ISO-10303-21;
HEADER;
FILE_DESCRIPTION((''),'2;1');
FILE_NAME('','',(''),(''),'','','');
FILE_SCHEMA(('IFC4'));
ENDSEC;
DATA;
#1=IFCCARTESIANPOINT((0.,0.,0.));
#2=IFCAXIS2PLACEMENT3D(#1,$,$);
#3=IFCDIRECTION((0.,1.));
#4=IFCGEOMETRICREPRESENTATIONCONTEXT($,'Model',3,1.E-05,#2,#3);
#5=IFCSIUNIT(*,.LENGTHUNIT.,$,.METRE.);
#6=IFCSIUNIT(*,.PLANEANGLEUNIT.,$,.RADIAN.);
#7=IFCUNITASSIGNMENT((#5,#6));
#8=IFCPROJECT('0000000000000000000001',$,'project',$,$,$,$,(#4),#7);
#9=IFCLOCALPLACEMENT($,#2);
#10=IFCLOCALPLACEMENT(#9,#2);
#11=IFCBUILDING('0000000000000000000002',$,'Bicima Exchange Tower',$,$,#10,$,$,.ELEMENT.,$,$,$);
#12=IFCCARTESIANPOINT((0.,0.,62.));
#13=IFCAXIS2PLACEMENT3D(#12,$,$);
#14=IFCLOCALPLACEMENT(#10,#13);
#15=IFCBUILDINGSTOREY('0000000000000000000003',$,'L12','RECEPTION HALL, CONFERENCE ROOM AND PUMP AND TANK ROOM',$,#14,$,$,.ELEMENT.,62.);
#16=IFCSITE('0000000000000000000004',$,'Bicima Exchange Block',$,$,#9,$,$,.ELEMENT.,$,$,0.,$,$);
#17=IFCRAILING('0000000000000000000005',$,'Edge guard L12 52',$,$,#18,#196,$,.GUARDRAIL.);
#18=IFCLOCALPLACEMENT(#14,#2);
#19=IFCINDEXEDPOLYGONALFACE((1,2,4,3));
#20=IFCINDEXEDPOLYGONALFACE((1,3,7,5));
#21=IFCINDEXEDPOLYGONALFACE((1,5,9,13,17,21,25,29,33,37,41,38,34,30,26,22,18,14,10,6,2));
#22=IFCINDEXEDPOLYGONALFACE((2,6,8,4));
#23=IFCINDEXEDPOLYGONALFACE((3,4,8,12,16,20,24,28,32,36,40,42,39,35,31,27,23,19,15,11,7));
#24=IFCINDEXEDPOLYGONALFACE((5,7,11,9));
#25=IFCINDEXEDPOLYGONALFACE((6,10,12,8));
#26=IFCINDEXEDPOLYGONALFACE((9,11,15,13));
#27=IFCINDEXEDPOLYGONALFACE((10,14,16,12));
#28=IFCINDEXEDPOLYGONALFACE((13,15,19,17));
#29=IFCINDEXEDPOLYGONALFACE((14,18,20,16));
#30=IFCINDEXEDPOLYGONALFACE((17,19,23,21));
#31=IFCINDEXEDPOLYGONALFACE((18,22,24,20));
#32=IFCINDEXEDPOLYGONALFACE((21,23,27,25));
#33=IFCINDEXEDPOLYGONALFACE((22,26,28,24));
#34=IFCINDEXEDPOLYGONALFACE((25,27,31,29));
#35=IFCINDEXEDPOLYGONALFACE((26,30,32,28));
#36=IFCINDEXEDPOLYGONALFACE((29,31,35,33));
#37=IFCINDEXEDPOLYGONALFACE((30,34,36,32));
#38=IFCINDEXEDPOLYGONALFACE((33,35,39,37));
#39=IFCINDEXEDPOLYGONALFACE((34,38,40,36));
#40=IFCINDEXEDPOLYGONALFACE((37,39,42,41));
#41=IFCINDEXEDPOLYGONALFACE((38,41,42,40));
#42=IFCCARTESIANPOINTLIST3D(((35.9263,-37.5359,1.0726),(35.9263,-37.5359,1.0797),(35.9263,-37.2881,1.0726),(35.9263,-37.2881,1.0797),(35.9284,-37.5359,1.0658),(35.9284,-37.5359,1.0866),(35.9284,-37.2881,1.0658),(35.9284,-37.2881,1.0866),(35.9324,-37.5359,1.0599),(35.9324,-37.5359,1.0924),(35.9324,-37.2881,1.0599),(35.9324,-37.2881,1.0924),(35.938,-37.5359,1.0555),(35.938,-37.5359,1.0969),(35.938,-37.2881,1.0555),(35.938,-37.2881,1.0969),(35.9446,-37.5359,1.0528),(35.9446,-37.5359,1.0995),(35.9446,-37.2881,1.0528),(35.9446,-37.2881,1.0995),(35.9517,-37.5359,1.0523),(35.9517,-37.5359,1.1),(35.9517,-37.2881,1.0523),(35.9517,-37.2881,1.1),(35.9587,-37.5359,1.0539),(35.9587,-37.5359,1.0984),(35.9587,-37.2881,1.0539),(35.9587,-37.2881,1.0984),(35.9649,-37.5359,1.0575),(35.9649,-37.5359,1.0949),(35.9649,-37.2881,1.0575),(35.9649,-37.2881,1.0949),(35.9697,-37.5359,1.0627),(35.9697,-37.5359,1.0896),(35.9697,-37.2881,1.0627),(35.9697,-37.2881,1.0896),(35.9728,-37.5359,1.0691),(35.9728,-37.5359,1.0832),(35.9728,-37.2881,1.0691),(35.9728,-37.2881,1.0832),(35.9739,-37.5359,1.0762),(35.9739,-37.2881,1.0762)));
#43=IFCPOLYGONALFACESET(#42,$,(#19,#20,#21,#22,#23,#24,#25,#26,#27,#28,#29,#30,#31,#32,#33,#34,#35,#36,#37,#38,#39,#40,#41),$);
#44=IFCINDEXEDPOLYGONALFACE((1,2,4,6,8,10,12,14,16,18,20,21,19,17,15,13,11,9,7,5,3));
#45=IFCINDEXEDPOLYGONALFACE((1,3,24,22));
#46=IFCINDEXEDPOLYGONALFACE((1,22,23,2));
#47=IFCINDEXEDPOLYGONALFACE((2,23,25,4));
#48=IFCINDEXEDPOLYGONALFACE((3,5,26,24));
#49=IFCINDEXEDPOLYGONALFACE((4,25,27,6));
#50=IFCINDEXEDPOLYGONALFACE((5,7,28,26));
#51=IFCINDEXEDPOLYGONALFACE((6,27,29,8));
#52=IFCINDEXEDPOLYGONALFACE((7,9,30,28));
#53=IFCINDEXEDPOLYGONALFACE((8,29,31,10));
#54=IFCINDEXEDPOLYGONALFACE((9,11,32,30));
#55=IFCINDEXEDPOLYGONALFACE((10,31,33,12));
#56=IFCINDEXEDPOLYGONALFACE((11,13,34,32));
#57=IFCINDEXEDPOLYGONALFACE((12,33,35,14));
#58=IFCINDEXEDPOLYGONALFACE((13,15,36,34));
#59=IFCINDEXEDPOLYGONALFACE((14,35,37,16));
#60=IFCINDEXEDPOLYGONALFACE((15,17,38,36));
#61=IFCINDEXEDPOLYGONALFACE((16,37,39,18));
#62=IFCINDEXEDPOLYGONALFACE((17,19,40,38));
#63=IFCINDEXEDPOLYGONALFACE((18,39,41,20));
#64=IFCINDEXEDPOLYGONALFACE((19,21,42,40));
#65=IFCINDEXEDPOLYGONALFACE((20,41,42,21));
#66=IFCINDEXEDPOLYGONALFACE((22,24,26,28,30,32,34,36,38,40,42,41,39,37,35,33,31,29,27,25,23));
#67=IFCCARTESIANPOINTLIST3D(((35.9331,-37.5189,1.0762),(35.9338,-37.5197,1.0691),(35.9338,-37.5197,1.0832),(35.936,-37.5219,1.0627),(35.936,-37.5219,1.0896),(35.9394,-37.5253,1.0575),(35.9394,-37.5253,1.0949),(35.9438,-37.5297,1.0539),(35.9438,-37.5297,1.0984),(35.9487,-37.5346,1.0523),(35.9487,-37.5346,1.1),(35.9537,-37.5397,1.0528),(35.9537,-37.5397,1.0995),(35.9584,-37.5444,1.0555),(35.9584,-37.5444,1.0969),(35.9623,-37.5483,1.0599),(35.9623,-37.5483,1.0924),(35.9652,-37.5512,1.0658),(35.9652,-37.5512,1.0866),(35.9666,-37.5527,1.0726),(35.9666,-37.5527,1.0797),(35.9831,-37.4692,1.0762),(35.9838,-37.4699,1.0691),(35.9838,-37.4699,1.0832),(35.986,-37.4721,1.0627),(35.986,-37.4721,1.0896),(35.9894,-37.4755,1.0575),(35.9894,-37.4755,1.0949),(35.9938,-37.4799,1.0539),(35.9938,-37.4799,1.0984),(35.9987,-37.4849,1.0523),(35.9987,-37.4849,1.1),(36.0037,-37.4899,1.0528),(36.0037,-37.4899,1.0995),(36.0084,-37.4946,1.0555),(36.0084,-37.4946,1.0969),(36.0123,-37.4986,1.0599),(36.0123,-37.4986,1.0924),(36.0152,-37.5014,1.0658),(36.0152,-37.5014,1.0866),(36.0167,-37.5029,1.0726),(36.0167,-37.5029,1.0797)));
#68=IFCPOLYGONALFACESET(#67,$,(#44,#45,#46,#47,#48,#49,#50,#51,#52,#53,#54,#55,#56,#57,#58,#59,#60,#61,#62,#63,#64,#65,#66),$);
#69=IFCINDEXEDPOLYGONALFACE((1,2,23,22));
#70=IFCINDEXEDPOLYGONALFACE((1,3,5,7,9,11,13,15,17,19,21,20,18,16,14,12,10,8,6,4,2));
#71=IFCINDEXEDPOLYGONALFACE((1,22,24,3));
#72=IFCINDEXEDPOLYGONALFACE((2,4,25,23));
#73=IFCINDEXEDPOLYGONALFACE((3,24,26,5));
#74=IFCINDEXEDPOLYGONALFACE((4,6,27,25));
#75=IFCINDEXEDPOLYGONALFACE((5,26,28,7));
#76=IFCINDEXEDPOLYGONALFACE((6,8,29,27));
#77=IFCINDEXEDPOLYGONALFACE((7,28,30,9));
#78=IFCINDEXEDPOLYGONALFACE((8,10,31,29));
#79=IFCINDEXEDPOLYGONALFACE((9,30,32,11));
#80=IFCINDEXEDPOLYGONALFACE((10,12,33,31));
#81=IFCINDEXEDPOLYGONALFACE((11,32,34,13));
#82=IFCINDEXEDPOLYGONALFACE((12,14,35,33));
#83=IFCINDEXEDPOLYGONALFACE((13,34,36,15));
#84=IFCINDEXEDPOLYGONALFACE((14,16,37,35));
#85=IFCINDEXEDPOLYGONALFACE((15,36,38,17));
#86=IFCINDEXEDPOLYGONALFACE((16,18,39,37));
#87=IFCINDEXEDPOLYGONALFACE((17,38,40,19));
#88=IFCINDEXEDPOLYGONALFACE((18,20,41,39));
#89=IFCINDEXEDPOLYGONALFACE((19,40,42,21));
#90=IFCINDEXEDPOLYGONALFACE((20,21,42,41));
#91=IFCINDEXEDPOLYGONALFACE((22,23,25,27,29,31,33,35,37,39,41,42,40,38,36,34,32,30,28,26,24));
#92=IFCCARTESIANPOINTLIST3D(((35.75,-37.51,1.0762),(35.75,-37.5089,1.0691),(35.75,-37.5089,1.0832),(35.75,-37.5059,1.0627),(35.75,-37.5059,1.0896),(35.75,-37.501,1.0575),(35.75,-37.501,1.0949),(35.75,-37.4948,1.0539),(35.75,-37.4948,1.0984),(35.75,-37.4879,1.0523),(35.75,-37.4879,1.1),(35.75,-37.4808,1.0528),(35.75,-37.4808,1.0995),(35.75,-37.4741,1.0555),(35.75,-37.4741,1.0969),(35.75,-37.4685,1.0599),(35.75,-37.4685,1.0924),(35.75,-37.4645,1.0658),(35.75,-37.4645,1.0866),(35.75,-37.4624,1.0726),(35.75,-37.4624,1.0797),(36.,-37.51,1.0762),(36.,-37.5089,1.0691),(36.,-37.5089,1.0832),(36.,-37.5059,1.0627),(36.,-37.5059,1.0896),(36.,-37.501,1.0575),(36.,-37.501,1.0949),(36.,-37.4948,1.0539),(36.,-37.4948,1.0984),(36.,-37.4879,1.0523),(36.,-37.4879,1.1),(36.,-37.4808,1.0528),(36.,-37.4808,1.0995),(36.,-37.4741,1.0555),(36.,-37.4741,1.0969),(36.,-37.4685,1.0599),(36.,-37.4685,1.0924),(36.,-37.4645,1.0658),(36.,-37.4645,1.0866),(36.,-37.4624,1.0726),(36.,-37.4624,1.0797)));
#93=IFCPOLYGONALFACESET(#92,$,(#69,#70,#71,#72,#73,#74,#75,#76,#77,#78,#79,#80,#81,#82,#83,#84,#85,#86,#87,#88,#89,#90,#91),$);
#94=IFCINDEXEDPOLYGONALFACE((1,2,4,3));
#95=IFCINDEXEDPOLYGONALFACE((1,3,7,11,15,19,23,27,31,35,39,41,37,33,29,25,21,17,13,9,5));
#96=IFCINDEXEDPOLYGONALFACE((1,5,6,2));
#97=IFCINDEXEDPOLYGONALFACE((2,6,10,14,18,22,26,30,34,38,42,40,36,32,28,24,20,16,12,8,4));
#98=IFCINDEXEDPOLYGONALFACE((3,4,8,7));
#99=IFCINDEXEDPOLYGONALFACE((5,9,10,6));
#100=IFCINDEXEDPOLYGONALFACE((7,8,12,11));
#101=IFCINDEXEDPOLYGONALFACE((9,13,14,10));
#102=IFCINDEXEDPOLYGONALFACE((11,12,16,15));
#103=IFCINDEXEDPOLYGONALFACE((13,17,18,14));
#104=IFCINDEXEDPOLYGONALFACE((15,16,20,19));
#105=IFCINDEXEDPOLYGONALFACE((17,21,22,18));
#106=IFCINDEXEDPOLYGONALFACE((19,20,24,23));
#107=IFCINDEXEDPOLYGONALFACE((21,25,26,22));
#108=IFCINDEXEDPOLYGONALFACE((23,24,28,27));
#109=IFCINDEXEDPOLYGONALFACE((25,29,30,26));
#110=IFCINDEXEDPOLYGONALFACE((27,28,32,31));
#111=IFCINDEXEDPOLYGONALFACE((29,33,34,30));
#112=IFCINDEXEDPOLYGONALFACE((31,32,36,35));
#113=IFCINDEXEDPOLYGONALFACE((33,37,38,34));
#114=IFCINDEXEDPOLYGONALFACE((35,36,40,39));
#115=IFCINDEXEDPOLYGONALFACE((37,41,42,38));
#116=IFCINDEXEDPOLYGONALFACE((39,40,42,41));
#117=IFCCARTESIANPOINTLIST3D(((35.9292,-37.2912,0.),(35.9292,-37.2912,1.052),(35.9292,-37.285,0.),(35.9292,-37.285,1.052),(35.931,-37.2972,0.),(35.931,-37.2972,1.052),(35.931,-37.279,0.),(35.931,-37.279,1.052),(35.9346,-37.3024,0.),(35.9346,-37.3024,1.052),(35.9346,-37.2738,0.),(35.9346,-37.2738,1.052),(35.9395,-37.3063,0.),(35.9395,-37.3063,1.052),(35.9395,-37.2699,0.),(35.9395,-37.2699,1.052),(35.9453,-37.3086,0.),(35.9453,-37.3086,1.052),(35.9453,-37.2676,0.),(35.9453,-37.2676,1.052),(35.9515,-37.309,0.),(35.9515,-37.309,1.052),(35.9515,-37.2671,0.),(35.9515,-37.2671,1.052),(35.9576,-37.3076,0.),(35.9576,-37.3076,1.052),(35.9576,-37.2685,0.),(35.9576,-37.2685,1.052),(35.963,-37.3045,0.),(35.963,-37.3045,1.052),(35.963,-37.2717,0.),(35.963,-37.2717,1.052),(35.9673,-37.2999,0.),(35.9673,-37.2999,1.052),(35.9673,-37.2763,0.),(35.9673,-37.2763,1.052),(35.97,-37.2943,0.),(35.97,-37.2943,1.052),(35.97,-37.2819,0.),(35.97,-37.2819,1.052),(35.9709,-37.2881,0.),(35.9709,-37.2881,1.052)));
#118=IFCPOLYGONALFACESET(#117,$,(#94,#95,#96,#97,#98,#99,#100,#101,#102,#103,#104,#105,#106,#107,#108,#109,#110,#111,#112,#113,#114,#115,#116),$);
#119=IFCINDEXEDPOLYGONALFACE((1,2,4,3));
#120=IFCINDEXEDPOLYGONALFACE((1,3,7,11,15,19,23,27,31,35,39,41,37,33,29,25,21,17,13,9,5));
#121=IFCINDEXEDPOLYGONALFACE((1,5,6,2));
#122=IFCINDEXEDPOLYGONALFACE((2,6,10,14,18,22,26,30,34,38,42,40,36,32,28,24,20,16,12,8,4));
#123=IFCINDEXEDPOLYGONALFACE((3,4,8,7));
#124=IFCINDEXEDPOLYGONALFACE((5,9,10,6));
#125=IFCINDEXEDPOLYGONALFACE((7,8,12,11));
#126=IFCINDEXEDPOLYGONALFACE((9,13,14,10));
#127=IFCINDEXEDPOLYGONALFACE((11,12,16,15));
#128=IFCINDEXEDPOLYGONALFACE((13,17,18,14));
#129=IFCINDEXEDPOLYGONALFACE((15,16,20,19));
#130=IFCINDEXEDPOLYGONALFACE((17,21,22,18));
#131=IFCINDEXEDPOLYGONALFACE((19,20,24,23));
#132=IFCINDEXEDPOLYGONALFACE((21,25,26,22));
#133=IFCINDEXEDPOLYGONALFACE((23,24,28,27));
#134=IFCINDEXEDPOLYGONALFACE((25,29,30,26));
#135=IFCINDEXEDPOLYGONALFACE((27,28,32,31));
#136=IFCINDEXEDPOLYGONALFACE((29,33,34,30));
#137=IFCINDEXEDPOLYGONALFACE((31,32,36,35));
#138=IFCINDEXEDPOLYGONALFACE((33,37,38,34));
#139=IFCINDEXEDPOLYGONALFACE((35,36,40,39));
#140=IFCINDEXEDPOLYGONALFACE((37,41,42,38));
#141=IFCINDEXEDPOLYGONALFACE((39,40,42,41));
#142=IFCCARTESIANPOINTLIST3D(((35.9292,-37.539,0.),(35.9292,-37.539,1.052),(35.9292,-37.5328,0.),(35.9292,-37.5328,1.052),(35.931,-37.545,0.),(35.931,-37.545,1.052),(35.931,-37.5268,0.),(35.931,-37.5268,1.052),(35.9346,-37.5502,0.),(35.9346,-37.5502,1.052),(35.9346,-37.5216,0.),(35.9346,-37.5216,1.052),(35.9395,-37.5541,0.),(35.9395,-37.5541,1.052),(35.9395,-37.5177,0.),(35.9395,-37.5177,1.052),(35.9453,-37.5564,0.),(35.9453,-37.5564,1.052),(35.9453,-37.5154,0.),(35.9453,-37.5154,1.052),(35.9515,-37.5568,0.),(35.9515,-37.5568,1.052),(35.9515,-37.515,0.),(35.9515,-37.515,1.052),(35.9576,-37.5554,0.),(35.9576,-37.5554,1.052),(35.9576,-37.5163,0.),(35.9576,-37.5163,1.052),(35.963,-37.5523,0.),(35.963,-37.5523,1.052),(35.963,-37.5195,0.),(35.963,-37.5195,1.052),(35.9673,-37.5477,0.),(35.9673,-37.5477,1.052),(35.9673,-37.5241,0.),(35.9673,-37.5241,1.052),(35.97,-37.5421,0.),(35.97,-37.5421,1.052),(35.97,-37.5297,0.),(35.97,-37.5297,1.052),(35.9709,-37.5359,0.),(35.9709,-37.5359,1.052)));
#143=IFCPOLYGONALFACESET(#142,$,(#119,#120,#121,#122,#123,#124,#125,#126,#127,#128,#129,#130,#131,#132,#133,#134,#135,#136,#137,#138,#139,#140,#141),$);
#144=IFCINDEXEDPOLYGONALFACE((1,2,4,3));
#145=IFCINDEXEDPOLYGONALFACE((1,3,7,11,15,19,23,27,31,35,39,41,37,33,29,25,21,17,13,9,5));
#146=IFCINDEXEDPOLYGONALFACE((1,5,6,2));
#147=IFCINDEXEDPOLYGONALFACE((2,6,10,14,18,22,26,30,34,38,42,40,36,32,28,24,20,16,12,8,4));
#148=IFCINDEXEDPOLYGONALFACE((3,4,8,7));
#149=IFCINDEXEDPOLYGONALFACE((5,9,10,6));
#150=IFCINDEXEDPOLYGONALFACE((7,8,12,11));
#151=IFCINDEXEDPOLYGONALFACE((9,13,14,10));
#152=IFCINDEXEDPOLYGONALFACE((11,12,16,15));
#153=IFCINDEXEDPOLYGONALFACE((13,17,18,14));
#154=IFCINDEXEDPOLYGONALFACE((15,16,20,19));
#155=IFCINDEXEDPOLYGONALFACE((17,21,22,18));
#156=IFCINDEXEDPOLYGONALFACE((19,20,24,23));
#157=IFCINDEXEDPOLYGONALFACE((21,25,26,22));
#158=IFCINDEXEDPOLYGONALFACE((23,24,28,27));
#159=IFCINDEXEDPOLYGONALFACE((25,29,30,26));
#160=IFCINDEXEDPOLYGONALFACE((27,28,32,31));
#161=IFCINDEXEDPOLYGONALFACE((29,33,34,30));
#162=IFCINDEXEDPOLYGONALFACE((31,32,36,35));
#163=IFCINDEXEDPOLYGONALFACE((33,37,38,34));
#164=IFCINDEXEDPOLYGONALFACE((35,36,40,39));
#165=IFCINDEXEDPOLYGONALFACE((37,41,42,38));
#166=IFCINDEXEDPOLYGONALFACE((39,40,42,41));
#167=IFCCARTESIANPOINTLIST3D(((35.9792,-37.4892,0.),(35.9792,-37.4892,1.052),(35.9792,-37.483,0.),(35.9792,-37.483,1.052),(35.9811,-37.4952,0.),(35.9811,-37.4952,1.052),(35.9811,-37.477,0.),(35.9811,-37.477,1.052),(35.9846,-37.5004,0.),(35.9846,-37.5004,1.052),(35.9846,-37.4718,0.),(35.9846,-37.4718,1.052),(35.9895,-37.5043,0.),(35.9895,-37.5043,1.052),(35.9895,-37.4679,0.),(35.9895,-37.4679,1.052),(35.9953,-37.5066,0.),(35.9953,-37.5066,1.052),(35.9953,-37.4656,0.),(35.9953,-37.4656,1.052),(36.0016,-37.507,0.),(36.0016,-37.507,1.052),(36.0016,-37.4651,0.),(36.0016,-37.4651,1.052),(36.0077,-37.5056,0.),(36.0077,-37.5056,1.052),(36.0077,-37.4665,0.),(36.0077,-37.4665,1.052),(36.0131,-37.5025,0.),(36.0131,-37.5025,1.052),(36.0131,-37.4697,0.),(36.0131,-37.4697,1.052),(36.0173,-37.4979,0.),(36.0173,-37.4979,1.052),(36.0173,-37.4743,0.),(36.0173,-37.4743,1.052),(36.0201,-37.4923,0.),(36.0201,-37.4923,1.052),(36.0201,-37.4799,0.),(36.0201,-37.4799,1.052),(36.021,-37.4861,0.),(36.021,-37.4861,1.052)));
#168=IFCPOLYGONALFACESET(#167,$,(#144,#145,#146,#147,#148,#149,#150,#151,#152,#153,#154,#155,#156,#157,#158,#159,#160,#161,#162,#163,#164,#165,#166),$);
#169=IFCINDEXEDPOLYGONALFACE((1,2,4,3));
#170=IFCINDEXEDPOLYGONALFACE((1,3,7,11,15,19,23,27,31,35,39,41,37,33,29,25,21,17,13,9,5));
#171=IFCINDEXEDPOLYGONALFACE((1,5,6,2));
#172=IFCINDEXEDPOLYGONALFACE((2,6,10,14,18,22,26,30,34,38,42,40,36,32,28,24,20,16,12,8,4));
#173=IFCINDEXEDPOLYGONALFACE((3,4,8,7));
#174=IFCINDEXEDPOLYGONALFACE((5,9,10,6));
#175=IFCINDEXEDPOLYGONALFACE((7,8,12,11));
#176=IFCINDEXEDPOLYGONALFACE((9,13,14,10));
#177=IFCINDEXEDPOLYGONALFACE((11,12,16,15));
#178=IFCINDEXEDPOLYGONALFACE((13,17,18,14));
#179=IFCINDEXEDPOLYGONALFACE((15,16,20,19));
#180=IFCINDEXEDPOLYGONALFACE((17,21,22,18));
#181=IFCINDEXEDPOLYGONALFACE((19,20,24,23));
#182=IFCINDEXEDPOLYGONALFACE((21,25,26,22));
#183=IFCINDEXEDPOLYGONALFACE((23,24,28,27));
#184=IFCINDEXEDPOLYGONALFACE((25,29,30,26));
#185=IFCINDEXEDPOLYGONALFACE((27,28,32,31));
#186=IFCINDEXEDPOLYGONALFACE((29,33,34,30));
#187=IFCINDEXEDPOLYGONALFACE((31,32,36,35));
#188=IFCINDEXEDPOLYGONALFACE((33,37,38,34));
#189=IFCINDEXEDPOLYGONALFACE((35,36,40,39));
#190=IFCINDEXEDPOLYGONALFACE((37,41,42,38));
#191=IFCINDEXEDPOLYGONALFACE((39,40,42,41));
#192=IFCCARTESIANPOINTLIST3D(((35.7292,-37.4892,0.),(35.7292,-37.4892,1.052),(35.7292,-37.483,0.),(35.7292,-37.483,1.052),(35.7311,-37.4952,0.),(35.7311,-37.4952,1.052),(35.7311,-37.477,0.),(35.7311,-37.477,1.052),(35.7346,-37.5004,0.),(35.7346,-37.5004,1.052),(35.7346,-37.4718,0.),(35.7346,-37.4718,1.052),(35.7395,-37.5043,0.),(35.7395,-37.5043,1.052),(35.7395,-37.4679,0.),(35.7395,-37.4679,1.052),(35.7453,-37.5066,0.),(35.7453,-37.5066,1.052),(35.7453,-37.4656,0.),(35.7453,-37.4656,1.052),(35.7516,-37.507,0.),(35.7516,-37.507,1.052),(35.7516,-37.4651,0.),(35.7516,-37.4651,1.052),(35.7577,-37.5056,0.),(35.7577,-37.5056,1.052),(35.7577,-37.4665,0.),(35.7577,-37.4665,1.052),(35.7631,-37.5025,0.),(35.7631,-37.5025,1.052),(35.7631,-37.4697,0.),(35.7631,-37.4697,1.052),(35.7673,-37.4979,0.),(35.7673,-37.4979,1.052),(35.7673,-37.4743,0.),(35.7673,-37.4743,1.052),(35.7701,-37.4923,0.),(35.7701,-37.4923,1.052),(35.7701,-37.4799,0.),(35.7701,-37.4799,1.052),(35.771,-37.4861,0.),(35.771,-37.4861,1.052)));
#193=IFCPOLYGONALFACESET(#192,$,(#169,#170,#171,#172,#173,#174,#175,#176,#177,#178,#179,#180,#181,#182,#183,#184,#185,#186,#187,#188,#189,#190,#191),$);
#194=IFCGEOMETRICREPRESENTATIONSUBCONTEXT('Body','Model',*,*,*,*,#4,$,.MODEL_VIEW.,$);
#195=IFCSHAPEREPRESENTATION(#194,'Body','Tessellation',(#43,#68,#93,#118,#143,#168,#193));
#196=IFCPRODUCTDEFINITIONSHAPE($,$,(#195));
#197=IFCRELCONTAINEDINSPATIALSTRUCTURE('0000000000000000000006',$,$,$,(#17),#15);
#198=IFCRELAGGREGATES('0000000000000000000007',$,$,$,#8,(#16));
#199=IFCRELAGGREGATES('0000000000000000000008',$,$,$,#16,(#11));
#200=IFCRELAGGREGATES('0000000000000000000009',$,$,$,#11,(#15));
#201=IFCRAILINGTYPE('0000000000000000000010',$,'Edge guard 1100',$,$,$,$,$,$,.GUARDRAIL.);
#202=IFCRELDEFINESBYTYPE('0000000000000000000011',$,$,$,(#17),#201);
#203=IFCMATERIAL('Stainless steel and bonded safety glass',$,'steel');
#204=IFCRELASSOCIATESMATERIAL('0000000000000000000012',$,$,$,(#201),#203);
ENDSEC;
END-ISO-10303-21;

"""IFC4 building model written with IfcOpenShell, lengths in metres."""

from ifc_helpers import new_model, si_unit, direction, frame, origin, origin_2d, place, context, subcontext, project, spatial, circle, extrude, material, type_object, element, save


model = new_model("IFC4")

# Units and contexts
model_context = context("Model", 3, precision=1e-05, world=origin(), true_north=direction((0.0, 1.0)))
body_context = subcontext(model_context, "Body", "Model", "MODEL_VIEW")
ifc_project = project(units=[si_unit("LENGTHUNIT", "METRE"), si_unit("PLANEANGLEUNIT", "RADIAN")], contexts=[model_context])

# Site, building, storey
site_placement = place(None, origin())
site = spatial("IfcSite", under=ifc_project, at=site_placement, Name="Bicima Exchange Block", CompositionType="ELEMENT", RefElevation=0.0)
building_placement = place(site_placement, origin())
building = spatial("IfcBuilding", under=site, at=building_placement, Name="Bicima Exchange Tower", CompositionType="ELEMENT")
storey_placement = place(building_placement, frame((0.0, 0.0, 62.0)))
storey = spatial("IfcBuildingStorey", under=building, at=storey_placement, Name="L12", Description="RECEPTION HALL, CONFERENCE ROOM AND PUMP AND TANK ROOM", CompositionType="ELEMENT", Elevation=62.0)

# Railing
ifc_material_1 = material(Name="Stainless steel and bonded safety glass", Category="steel")
railing_type = type_object("IfcRailingType", Name="Edge guard 1100", PredefinedType="GUARDRAIL", material=ifc_material_1)
railing_1_placement = place(storey_placement, frame((35.95, -37.2881, 0.0)))
element("IfcRailing", 1, at=railing_1_placement, inside=storey, type_object=railing_type, Name="Edge guard L12 52", PredefinedType="GUARDRAIL", context=body_context, shape_type="SweptSolid", body=[
    extrude(circle(Radius=0.0239, at=origin_2d()), frame((0.0, 0.0, 1.0762), z_axis=(0.0, -1.0, 0.0), x_axis=(1.0, 0.0, 0.0)), (0.0, 0.0, 1.0), 0.2478),
    extrude(circle(Radius=0.0239, at=origin_2d()), frame((0.0, -0.2478, 1.0762), z_axis=(0.708834, 0.705376, 0.0), x_axis=(-0.705376, 0.708834, 0.0)), (0.0, 0.0, 1.0), 0.0706),
    extrude(circle(Radius=0.0239, at=origin_2d()), frame((0.05, -0.198, 1.0762), z_axis=(-1.0, 0.0, 0.0), x_axis=(0.0, -1.0, 0.0)), (0.0, 0.0, 1.0), 0.25),
    extrude(circle(Radius=0.021, at=origin_2d()), origin(), (0.0, 0.0, 1.0), 1.052),
    extrude(circle(Radius=0.021, at=origin_2d()), frame((0.0, -0.2478, 0.0)), (0.0, 0.0, 1.0), 1.052),
    extrude(circle(Radius=0.021, at=origin_2d()), frame((0.05, -0.198, 0.0)), (0.0, 0.0, 1.0), 1.052),
    extrude(circle(Radius=0.021, at=origin_2d()), frame((-0.2, -0.198, 0.0)), (0.0, 0.0, 1.0), 1.052),
])

save(model, "model.ifc")
